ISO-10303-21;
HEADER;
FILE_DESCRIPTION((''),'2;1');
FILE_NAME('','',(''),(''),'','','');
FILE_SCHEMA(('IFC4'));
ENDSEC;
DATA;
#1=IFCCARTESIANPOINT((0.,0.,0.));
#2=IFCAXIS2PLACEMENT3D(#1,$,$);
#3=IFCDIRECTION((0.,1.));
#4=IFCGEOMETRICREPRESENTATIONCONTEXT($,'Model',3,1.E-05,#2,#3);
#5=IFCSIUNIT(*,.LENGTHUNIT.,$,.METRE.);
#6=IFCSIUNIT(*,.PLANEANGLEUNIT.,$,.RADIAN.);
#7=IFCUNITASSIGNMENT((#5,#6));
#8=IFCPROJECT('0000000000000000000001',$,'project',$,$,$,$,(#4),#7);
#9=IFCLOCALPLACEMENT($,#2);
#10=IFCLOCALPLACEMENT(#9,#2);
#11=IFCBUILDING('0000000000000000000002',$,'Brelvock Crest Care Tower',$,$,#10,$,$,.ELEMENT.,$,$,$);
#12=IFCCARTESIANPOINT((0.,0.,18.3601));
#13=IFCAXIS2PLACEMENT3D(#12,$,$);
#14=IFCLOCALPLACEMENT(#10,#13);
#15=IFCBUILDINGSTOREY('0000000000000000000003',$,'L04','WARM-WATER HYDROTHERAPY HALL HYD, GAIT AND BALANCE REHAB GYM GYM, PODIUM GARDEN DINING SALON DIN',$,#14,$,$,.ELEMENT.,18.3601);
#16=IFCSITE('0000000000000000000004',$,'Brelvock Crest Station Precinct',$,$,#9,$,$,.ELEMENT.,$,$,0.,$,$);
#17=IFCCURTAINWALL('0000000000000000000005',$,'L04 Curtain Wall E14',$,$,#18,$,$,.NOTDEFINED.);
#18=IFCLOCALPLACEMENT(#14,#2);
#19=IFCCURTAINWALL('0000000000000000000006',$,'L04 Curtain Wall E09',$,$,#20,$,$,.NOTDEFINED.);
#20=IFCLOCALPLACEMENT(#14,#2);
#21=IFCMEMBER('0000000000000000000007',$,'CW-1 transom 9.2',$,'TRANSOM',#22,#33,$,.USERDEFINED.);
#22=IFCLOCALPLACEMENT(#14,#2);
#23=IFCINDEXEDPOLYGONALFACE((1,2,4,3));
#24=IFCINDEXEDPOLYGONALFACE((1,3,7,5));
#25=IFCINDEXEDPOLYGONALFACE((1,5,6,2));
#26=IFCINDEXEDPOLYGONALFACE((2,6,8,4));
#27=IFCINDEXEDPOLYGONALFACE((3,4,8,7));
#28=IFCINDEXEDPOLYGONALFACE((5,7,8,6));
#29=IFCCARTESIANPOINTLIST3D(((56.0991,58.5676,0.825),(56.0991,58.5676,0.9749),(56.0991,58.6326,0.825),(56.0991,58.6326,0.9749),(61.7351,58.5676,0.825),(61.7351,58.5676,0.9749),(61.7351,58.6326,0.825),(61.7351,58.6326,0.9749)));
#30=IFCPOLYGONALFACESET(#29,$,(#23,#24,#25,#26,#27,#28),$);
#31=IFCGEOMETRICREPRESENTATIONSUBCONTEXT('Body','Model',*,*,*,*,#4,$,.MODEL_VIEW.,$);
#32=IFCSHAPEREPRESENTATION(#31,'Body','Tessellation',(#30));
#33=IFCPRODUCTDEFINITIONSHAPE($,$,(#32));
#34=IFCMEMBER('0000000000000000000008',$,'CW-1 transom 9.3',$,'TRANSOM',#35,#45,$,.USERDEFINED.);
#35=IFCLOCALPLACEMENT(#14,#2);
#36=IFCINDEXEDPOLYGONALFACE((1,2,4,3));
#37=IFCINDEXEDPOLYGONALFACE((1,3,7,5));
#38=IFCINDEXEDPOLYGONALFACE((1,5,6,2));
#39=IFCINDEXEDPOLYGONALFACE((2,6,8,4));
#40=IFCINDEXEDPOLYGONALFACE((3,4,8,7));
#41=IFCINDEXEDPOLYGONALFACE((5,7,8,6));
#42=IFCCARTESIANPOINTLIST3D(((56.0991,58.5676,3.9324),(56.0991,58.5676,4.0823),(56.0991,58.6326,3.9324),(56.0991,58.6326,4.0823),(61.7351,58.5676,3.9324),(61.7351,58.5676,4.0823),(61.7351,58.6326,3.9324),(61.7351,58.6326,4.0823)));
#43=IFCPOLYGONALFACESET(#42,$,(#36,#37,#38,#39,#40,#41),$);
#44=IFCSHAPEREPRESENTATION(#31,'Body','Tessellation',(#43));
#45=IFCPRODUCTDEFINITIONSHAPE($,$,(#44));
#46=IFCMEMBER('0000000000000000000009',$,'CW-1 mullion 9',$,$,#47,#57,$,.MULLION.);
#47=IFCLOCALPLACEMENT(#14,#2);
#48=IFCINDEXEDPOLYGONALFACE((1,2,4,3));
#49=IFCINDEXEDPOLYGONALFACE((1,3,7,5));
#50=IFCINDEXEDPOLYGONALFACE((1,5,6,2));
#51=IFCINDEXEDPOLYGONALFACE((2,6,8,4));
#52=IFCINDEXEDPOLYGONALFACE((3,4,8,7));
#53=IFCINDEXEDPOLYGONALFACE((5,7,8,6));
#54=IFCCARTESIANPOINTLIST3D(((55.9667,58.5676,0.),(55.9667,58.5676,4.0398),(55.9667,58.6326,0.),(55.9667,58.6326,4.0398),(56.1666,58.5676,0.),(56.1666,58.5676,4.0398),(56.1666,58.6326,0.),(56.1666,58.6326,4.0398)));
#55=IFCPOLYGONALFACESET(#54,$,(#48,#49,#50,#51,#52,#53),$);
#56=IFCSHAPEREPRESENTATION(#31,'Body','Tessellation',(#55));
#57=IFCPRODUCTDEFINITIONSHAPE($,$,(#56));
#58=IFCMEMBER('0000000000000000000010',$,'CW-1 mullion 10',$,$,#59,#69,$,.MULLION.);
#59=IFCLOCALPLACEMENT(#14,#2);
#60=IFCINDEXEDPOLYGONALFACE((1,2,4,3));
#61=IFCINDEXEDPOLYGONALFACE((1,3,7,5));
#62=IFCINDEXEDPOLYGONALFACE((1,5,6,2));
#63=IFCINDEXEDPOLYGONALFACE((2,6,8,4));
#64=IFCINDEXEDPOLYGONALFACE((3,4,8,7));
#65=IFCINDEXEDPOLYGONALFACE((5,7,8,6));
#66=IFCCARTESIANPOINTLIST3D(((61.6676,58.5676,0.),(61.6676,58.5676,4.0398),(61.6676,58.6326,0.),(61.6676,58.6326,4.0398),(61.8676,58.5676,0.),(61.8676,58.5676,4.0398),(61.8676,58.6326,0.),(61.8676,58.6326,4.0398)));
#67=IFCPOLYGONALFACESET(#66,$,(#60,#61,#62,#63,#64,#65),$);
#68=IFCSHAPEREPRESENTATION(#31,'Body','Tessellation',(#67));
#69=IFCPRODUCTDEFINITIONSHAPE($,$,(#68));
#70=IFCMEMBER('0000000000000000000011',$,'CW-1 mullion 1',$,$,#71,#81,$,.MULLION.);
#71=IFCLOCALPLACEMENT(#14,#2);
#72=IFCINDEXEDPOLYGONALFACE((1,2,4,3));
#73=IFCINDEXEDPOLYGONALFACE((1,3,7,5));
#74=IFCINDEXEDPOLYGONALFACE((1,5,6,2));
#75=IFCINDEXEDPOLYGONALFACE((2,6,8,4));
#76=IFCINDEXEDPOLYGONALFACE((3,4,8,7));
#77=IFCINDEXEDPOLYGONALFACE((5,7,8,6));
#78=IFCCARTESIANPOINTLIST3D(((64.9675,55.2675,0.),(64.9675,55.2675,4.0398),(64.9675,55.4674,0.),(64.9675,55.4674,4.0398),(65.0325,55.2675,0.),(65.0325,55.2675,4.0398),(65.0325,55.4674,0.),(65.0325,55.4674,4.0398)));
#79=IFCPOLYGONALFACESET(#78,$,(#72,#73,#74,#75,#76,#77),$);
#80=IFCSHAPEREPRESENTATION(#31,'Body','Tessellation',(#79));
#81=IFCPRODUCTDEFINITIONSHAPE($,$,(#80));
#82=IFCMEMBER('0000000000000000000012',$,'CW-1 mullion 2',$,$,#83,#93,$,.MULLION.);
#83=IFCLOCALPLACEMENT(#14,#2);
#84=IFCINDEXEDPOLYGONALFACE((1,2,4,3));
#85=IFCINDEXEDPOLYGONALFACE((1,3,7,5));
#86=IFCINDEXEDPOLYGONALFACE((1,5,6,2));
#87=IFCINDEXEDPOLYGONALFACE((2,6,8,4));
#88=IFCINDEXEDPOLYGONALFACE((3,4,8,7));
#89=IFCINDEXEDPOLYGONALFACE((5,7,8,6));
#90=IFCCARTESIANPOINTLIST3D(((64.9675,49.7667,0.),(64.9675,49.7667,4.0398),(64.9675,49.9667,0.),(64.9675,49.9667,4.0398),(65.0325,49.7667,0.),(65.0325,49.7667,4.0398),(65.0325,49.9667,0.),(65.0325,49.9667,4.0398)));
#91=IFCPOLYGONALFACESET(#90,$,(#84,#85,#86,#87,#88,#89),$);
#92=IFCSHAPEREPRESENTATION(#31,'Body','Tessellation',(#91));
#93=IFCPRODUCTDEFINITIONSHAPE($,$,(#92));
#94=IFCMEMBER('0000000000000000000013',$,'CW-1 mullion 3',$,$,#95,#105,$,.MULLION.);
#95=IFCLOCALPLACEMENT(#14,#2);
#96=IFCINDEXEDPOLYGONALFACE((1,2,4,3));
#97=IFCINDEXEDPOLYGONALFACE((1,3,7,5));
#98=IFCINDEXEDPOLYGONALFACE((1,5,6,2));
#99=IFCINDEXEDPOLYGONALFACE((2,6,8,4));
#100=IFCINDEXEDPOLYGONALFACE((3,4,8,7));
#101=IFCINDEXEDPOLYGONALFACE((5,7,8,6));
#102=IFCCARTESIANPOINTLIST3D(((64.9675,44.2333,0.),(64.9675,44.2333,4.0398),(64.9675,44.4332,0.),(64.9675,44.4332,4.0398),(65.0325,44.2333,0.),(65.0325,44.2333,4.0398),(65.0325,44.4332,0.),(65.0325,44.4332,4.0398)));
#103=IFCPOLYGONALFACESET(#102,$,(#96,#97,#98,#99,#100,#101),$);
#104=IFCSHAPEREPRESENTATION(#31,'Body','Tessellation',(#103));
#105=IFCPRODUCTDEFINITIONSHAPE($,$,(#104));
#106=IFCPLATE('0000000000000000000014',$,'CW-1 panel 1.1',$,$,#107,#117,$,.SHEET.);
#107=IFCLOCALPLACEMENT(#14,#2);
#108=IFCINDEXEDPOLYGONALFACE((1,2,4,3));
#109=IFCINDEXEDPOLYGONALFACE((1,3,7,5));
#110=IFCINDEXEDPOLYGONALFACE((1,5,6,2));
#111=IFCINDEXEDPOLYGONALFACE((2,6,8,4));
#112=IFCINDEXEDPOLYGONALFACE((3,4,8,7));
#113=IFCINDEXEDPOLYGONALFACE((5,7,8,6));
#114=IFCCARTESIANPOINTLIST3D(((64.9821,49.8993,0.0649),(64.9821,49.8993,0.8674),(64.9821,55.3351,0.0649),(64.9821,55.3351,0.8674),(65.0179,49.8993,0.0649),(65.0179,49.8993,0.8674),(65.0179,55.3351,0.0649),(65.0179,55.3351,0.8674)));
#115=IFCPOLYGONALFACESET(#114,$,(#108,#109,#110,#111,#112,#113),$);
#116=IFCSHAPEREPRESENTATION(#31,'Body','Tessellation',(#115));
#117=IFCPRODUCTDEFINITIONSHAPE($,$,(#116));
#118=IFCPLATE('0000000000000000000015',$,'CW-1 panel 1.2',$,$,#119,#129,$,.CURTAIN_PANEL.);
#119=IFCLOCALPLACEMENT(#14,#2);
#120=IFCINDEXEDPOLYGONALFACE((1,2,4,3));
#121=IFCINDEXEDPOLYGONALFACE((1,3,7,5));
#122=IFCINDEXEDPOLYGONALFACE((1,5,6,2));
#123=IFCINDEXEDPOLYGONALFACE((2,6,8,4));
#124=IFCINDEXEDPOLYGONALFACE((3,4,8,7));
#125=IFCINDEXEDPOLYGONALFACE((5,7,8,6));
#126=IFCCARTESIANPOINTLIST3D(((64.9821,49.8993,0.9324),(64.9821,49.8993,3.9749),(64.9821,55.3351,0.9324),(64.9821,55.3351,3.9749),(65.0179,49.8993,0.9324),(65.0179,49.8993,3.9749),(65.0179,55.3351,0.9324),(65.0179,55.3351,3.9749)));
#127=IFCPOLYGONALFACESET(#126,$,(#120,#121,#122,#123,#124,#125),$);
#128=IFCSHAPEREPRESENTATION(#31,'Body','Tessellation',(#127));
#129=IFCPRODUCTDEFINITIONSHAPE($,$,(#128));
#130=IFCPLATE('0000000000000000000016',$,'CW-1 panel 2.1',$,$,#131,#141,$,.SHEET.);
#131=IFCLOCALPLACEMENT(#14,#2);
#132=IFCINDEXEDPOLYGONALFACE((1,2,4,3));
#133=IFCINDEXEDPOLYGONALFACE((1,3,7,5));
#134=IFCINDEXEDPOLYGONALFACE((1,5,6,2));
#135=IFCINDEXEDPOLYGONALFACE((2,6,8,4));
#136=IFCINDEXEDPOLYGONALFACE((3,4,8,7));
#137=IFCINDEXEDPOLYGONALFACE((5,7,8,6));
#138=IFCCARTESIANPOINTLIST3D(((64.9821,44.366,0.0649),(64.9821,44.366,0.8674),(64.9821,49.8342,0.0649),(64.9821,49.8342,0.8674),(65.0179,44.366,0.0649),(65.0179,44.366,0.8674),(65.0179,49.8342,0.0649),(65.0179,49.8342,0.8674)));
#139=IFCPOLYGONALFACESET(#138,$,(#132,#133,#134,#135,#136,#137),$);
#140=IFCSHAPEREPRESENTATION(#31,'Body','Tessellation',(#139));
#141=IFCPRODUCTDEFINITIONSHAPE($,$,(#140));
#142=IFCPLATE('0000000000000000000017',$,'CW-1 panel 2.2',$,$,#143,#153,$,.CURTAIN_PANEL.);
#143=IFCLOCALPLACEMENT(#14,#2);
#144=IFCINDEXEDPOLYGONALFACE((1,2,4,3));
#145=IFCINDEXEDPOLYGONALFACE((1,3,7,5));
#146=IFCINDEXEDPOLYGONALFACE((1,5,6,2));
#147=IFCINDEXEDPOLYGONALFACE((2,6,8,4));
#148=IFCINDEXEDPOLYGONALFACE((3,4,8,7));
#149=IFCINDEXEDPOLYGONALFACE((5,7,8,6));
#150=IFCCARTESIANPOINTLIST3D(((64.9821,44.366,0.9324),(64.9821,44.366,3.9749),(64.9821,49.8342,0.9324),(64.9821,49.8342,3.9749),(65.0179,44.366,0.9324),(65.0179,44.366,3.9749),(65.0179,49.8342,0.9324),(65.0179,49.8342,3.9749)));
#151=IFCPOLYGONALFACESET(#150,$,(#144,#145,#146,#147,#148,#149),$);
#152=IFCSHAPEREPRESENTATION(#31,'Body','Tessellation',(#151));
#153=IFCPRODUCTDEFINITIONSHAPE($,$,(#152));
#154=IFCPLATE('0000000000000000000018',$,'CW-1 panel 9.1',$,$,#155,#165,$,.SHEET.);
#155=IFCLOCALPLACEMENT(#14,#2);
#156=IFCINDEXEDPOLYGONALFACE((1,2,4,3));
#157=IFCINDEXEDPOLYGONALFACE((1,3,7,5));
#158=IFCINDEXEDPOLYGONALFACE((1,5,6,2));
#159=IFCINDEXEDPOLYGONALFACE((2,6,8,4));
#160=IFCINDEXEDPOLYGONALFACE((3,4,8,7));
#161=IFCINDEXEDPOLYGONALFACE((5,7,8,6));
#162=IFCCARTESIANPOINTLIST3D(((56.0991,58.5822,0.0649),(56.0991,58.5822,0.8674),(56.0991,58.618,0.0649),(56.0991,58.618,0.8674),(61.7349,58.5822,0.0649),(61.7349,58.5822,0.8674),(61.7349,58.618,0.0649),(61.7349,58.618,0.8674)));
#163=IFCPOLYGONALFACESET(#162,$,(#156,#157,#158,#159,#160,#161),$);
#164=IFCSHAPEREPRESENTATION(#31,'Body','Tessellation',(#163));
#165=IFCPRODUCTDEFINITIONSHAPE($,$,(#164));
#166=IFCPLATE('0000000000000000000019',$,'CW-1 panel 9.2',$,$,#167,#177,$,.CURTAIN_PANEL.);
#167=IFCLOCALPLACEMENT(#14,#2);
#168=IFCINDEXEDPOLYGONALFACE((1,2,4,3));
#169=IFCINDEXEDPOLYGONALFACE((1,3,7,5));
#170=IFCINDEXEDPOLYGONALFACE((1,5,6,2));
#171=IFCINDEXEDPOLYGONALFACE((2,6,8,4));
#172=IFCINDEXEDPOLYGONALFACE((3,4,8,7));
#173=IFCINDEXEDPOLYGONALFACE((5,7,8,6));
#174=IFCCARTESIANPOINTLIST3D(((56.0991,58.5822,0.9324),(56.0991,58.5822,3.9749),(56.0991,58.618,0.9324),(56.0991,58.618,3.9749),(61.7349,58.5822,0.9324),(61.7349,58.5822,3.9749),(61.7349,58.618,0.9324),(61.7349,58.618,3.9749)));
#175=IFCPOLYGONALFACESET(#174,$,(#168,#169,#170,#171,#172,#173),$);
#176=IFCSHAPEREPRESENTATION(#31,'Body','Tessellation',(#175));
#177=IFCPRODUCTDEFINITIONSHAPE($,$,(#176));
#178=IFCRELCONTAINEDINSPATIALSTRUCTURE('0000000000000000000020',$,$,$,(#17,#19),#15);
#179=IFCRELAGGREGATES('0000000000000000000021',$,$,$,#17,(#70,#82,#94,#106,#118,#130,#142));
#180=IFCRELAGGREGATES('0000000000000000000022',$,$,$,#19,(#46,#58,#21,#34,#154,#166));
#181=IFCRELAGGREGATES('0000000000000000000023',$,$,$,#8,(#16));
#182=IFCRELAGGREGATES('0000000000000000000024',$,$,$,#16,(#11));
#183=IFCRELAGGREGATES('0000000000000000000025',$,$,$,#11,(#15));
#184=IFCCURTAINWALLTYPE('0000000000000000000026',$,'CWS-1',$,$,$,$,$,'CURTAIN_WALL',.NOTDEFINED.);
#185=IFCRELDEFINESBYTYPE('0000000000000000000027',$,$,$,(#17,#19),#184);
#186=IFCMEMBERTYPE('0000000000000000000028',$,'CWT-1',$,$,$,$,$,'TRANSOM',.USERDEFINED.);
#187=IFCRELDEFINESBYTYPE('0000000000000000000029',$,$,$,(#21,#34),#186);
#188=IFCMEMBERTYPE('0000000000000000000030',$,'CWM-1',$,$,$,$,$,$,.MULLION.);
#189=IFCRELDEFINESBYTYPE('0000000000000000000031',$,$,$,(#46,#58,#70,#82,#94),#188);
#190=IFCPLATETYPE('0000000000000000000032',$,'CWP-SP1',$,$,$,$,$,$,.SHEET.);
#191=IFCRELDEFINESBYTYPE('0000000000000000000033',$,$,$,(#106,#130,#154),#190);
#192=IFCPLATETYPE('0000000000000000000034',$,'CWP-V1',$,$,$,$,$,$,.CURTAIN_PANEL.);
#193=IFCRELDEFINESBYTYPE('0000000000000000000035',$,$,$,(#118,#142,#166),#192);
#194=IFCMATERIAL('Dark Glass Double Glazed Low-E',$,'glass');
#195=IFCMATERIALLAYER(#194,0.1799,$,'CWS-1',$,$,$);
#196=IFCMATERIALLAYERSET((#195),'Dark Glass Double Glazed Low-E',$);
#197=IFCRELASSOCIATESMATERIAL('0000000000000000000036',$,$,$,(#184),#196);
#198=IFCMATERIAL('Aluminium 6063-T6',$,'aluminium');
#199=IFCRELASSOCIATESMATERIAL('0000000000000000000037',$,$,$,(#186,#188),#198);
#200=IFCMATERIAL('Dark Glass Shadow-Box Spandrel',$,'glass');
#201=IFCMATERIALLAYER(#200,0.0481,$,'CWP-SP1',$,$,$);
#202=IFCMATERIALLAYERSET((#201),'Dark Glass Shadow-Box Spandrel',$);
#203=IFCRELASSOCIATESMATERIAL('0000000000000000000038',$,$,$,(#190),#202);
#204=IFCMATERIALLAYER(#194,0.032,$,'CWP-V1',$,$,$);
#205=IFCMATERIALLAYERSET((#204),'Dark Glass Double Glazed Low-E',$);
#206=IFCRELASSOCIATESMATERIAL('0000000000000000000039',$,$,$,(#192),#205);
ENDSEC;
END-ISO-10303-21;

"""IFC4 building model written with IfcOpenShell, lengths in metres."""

from ifc_helpers import new_model, si_unit, direction, frame, origin, origin_2d, place, context, subcontext, project, spatial, rectangle, extrude, source, transform, mapped, material, layer, layer_set, material_profile, profile_set, type_object, element, aggregate, save


model = new_model("IFC4")

# Units and contexts
model_context = context("Model", 3, precision=1e-05, world=origin(), true_north=direction((0.0, 1.0)))
body_context = subcontext(model_context, "Body", "Model", "MODEL_VIEW")
ifc_project = project(units=[si_unit("LENGTHUNIT", "METRE"), si_unit("PLANEANGLEUNIT", "RADIAN")], contexts=[model_context])

# Site, building, storey
site_placement = place(None, origin())
site = spatial("IfcSite", under=ifc_project, at=site_placement, Name="Brelvock Crest Station Precinct", CompositionType="ELEMENT", RefElevation=0.0)
building_placement = place(site_placement, origin())
building = spatial("IfcBuilding", under=site, at=building_placement, Name="Brelvock Crest Care Tower", CompositionType="ELEMENT")
storey_placement = place(building_placement, frame((0.0, 0.0, 18.3601)))
storey = spatial("IfcBuildingStorey", under=building, at=storey_placement, Name="L04", Description="WARM-WATER HYDROTHERAPY HALL HYD, GAIT AND BALANCE REHAB GYM GYM, PODIUM GARDEN DINING SALON DIN", CompositionType="ELEMENT", Elevation=18.3601)

# Curtain walls, members
ifc_material_1 = material(Name="Dark Glass Double Glazed Low-E", Category="glass")
ifc_layer_1 = layer(ifc_material_1, 0.1799, Name="CWS-1")
ifc_layer_set_1 = layer_set([ifc_layer_1], Name="Dark Glass Double Glazed Low-E")
curtain_wall_type = type_object("IfcCurtainWallType", Name="CWS-1", ElementType="CURTAIN_WALL", PredefinedType="NOTDEFINED", material=ifc_layer_set_1)
curtain_wall_1_placement = place(storey_placement, origin())
curtain_wall_1 = element("IfcCurtainWall", 1, at=curtain_wall_1_placement, inside=storey, type_object=curtain_wall_type, Name="L04 Curtain Wall E14", PredefinedType="NOTDEFINED")
ifc_material_2 = material(Name="Aluminium 6063-T6", Category="aluminium")
ifc_material_profile_1 = material_profile(ifc_material_2, rectangle(XDim=0.0649, YDim=0.1499, at=origin_2d()), Name="ALU65x150")
ifc_profile_set_1 = profile_set([ifc_material_profile_1], Name="Aluminium 6063-T6")
member_type_1 = type_object("IfcMemberType", Name="CWT-1", ElementType="TRANSOM", PredefinedType="USERDEFINED", material=ifc_profile_set_1)
curtain_wall_2_placement = place(storey_placement, origin())
curtain_wall_2 = element("IfcCurtainWall", 2, at=curtain_wall_2_placement, inside=storey, type_object=curtain_wall_type, Name="L04 Curtain Wall E09", PredefinedType="NOTDEFINED")
shared_shape_1 = source(origin(), body_context, "Body", "SweptSolid", [
    extrude(rectangle(XDim=0.0649, YDim=0.1499, at=origin_2d()), origin(), (0.0, 0.0, 1.0), 5.636),
])
member_1_placement = place(storey_placement, frame((56.0991, 58.6001, 0.8999), z_axis=(1.0, 0.0, 0.0), x_axis=(0.0, 1.0, 0.0)))
member_1 = element("IfcMember", 3, at=member_1_placement, type_object=member_type_1, Name="CW-1 transom 9.2", ObjectType="TRANSOM", PredefinedType="USERDEFINED", context=body_context, shape_type="MappedRepresentation", body=[
    mapped(shared_shape_1, transform((0.0, 0.0, 0.0), x_axis=(1.0, 0.0, 0.0), y_axis=(0.0, 1.0, 0.0), z_axis=(0.0, 0.0, 1.0), scale=1.0)),
])
member_2_placement = place(storey_placement, frame((56.0991, 58.6001, 4.0073), z_axis=(1.0, 0.0, 0.0), x_axis=(0.0, 1.0, 0.0)))
member_2 = element("IfcMember", 4, at=member_2_placement, type_object=member_type_1, Name="CW-1 transom 9.3", ObjectType="TRANSOM", PredefinedType="USERDEFINED", context=body_context, shape_type="MappedRepresentation", body=[
    mapped(shared_shape_1, transform((0.0, 0.0, 0.0), x_axis=(1.0, 0.0, 0.0), y_axis=(0.0, 1.0, 0.0), z_axis=(0.0, 0.0, 1.0), scale=1.0)),
])
ifc_material_profile_2 = material_profile(ifc_material_2, rectangle(XDim=0.0649, YDim=0.2, at=origin_2d()), Name="ALU65x200")
ifc_profile_set_2 = profile_set([ifc_material_profile_2], Name="Aluminium 6063-T6")
member_type_2 = type_object("IfcMemberType", Name="CWM-1", PredefinedType="MULLION", material=ifc_profile_set_2)
shared_shape_2 = source(origin(), body_context, "Body", "SweptSolid", [
    extrude(rectangle(XDim=0.0649, YDim=0.2, at=origin_2d()), origin(), (0.0, 0.0, 1.0), 4.0398),
])
member_3_placement = place(storey_placement, frame((56.0667, 58.6001, 0.0), z_axis=(0.0, 0.0, 1.0), x_axis=(0.0, 1.0, 0.0)))
member_3 = element("IfcMember", 5, at=member_3_placement, type_object=member_type_2, Name="CW-1 mullion 9", PredefinedType="MULLION", context=body_context, shape_type="MappedRepresentation", body=[
    mapped(shared_shape_2, transform((0.0, 0.0, 0.0), x_axis=(1.0, 0.0, 0.0), y_axis=(0.0, 1.0, 0.0), z_axis=(0.0, 0.0, 1.0), scale=1.0)),
])
member_4_placement = place(storey_placement, frame((61.7676, 58.6001, 0.0), z_axis=(0.0, 0.0, 1.0), x_axis=(0.0, 1.0, 0.0)))
member_4 = element("IfcMember", 6, at=member_4_placement, type_object=member_type_2, Name="CW-1 mullion 10", PredefinedType="MULLION", context=body_context, shape_type="MappedRepresentation", body=[
    mapped(shared_shape_2, transform((0.0, 0.0, 0.0), x_axis=(1.0, 0.0, 0.0), y_axis=(0.0, 1.0, 0.0), z_axis=(0.0, 0.0, 1.0), scale=1.0)),
])

# Members
member_5_placement = place(storey_placement, frame((65.0, 55.3674, 0.0), z_axis=(0.0, 0.0, 1.0), x_axis=(1.0, 0.0, 0.0)))
member_5 = element("IfcMember", 7, at=member_5_placement, type_object=member_type_2, Name="CW-1 mullion 1", PredefinedType="MULLION", context=body_context, shape_type="MappedRepresentation", body=[
    mapped(shared_shape_2, transform((0.0, 0.0, 0.0), x_axis=(1.0, 0.0, 0.0), y_axis=(0.0, 1.0, 0.0), z_axis=(0.0, 0.0, 1.0), scale=1.0)),
])
member_6_placement = place(storey_placement, frame((65.0, 49.8667, 0.0), z_axis=(0.0, 0.0, 1.0), x_axis=(1.0, 0.0, 0.0)))
member_6 = element("IfcMember", 8, at=member_6_placement, type_object=member_type_2, Name="CW-1 mullion 2", PredefinedType="MULLION", context=body_context, shape_type="MappedRepresentation", body=[
    mapped(shared_shape_2, transform((0.0, 0.0, 0.0), x_axis=(1.0, 0.0, 0.0), y_axis=(0.0, 1.0, 0.0), z_axis=(0.0, 0.0, 1.0), scale=1.0)),
])
member_7_placement = place(storey_placement, frame((65.0, 44.3333, 0.0), z_axis=(0.0, 0.0, 1.0), x_axis=(1.0, 0.0, 0.0)))
member_7 = element("IfcMember", 9, at=member_7_placement, type_object=member_type_2, Name="CW-1 mullion 3", PredefinedType="MULLION", context=body_context, shape_type="MappedRepresentation", body=[
    mapped(shared_shape_2, transform((0.0, 0.0, 0.0), x_axis=(1.0, 0.0, 0.0), y_axis=(0.0, 1.0, 0.0), z_axis=(0.0, 0.0, 1.0), scale=1.0)),
])

# Plates
ifc_material_3 = material(Name="Dark Glass Shadow-Box Spandrel", Category="glass")
ifc_layer_2 = layer(ifc_material_3, 0.0481, Name="CWP-SP1")
ifc_layer_set_2 = layer_set([ifc_layer_2], Name="Dark Glass Shadow-Box Spandrel")
plate_type_1 = type_object("IfcPlateType", Name="CWP-SP1", PredefinedType="SHEET", material=ifc_layer_set_2)
shared_shape_3 = source(origin(), body_context, "Body", "SweptSolid", [
    extrude(rectangle(XDim=5.4358, YDim=0.0359, at=origin_2d()), origin(), (0.0, 0.0, 1.0), 0.8025),
])
plate_1_placement = place(storey_placement, frame((65.0, 52.6172, 0.0649), z_axis=(0.0, 0.0, 1.0), x_axis=(0.0, -1.0, 0.0)))
plate_1 = element("IfcPlate", 10, at=plate_1_placement, type_object=plate_type_1, Name="CW-1 panel 1.1", PredefinedType="SHEET", context=body_context, shape_type="MappedRepresentation", body=[
    mapped(shared_shape_3, transform((0.0, 0.0, 0.0), x_axis=(1.0, 0.0, 0.0), y_axis=(0.0, 1.0, 0.0), z_axis=(0.0, 0.0, 1.0), scale=1.0)),
])
ifc_layer_3 = layer(ifc_material_1, 0.032, Name="CWP-V1")
ifc_layer_set_3 = layer_set([ifc_layer_3], Name="Dark Glass Double Glazed Low-E")
plate_type_2 = type_object("IfcPlateType", Name="CWP-V1", PredefinedType="CURTAIN_PANEL", material=ifc_layer_set_3)
shared_shape_4 = source(origin(), body_context, "Body", "SweptSolid", [
    extrude(rectangle(XDim=5.4358, YDim=0.0359, at=origin_2d()), origin(), (0.0, 0.0, 1.0), 3.0425),
])
plate_2_placement = place(storey_placement, frame((65.0, 52.6172, 0.9324), z_axis=(0.0, 0.0, 1.0), x_axis=(0.0, -1.0, 0.0)))
plate_2 = element("IfcPlate", 11, at=plate_2_placement, type_object=plate_type_2, Name="CW-1 panel 1.2", PredefinedType="CURTAIN_PANEL", context=body_context, shape_type="MappedRepresentation", body=[
    mapped(shared_shape_4, transform((0.0, 0.0, 0.0), x_axis=(1.0, 0.0, 0.0), y_axis=(0.0, 1.0, 0.0), z_axis=(0.0, 0.0, 1.0), scale=1.0)),
])
shared_shape_5 = source(origin(), body_context, "Body", "SweptSolid", [
    extrude(rectangle(XDim=5.4683, YDim=0.0359, at=origin_2d()), origin(), (0.0, 0.0, 1.0), 0.8025),
])
plate_3_placement = place(storey_placement, frame((65.0, 47.1001, 0.0649), z_axis=(0.0, 0.0, 1.0), x_axis=(0.0, -1.0, 0.0)))
plate_3 = element("IfcPlate", 12, at=plate_3_placement, type_object=plate_type_1, Name="CW-1 panel 2.1", PredefinedType="SHEET", context=body_context, shape_type="MappedRepresentation", body=[
    mapped(shared_shape_5, transform((0.0, 0.0, 0.0), x_axis=(1.0, 0.0, 0.0), y_axis=(0.0, 1.0, 0.0), z_axis=(0.0, 0.0, 1.0), scale=1.0)),
])
shared_shape_6 = source(origin(), body_context, "Body", "SweptSolid", [
    extrude(rectangle(XDim=5.4683, YDim=0.0359, at=origin_2d()), origin(), (0.0, 0.0, 1.0), 3.0425),
])
plate_4_placement = place(storey_placement, frame((65.0, 47.1001, 0.9324), z_axis=(0.0, 0.0, 1.0), x_axis=(0.0, -1.0, 0.0)))
plate_4 = element("IfcPlate", 13, at=plate_4_placement, type_object=plate_type_2, Name="CW-1 panel 2.2", PredefinedType="CURTAIN_PANEL", context=body_context, shape_type="MappedRepresentation", body=[
    mapped(shared_shape_6, transform((0.0, 0.0, 0.0), x_axis=(1.0, 0.0, 0.0), y_axis=(0.0, 1.0, 0.0), z_axis=(0.0, 0.0, 1.0), scale=1.0)),
])
aggregate(curtain_wall_1, [member_5, member_6, member_7, plate_1, plate_2, plate_3, plate_4])
shared_shape_7 = source(origin(), body_context, "Body", "SweptSolid", [
    extrude(rectangle(XDim=5.6357, YDim=0.0359, at=origin_2d()), origin(), (0.0, 0.0, 1.0), 0.8025),
])
plate_5_placement = place(storey_placement, frame((58.917, 58.6001, 0.0649), z_axis=(0.0, 0.0, 1.0), x_axis=(1.0, 0.0, 0.0)))
plate_5 = element("IfcPlate", 14, at=plate_5_placement, type_object=plate_type_1, Name="CW-1 panel 9.1", PredefinedType="SHEET", context=body_context, shape_type="MappedRepresentation", body=[
    mapped(shared_shape_7, transform((0.0, 0.0, 0.0), x_axis=(1.0, 0.0, 0.0), y_axis=(0.0, 1.0, 0.0), z_axis=(0.0, 0.0, 1.0), scale=1.0)),
])
shared_shape_8 = source(origin(), body_context, "Body", "SweptSolid", [
    extrude(rectangle(XDim=5.6357, YDim=0.0359, at=origin_2d()), origin(), (0.0, 0.0, 1.0), 3.0425),
])
plate_6_placement = place(storey_placement, frame((58.917, 58.6001, 0.9324), z_axis=(0.0, 0.0, 1.0), x_axis=(1.0, 0.0, 0.0)))
plate_6 = element("IfcPlate", 15, at=plate_6_placement, type_object=plate_type_2, Name="CW-1 panel 9.2", PredefinedType="CURTAIN_PANEL", context=body_context, shape_type="MappedRepresentation", body=[
    mapped(shared_shape_8, transform((0.0, 0.0, 0.0), x_axis=(1.0, 0.0, 0.0), y_axis=(0.0, 1.0, 0.0), z_axis=(0.0, 0.0, 1.0), scale=1.0)),
])
aggregate(curtain_wall_2, [member_3, member_4, member_1, member_2, plate_5, plate_6])

save(model, "model.ifc")
